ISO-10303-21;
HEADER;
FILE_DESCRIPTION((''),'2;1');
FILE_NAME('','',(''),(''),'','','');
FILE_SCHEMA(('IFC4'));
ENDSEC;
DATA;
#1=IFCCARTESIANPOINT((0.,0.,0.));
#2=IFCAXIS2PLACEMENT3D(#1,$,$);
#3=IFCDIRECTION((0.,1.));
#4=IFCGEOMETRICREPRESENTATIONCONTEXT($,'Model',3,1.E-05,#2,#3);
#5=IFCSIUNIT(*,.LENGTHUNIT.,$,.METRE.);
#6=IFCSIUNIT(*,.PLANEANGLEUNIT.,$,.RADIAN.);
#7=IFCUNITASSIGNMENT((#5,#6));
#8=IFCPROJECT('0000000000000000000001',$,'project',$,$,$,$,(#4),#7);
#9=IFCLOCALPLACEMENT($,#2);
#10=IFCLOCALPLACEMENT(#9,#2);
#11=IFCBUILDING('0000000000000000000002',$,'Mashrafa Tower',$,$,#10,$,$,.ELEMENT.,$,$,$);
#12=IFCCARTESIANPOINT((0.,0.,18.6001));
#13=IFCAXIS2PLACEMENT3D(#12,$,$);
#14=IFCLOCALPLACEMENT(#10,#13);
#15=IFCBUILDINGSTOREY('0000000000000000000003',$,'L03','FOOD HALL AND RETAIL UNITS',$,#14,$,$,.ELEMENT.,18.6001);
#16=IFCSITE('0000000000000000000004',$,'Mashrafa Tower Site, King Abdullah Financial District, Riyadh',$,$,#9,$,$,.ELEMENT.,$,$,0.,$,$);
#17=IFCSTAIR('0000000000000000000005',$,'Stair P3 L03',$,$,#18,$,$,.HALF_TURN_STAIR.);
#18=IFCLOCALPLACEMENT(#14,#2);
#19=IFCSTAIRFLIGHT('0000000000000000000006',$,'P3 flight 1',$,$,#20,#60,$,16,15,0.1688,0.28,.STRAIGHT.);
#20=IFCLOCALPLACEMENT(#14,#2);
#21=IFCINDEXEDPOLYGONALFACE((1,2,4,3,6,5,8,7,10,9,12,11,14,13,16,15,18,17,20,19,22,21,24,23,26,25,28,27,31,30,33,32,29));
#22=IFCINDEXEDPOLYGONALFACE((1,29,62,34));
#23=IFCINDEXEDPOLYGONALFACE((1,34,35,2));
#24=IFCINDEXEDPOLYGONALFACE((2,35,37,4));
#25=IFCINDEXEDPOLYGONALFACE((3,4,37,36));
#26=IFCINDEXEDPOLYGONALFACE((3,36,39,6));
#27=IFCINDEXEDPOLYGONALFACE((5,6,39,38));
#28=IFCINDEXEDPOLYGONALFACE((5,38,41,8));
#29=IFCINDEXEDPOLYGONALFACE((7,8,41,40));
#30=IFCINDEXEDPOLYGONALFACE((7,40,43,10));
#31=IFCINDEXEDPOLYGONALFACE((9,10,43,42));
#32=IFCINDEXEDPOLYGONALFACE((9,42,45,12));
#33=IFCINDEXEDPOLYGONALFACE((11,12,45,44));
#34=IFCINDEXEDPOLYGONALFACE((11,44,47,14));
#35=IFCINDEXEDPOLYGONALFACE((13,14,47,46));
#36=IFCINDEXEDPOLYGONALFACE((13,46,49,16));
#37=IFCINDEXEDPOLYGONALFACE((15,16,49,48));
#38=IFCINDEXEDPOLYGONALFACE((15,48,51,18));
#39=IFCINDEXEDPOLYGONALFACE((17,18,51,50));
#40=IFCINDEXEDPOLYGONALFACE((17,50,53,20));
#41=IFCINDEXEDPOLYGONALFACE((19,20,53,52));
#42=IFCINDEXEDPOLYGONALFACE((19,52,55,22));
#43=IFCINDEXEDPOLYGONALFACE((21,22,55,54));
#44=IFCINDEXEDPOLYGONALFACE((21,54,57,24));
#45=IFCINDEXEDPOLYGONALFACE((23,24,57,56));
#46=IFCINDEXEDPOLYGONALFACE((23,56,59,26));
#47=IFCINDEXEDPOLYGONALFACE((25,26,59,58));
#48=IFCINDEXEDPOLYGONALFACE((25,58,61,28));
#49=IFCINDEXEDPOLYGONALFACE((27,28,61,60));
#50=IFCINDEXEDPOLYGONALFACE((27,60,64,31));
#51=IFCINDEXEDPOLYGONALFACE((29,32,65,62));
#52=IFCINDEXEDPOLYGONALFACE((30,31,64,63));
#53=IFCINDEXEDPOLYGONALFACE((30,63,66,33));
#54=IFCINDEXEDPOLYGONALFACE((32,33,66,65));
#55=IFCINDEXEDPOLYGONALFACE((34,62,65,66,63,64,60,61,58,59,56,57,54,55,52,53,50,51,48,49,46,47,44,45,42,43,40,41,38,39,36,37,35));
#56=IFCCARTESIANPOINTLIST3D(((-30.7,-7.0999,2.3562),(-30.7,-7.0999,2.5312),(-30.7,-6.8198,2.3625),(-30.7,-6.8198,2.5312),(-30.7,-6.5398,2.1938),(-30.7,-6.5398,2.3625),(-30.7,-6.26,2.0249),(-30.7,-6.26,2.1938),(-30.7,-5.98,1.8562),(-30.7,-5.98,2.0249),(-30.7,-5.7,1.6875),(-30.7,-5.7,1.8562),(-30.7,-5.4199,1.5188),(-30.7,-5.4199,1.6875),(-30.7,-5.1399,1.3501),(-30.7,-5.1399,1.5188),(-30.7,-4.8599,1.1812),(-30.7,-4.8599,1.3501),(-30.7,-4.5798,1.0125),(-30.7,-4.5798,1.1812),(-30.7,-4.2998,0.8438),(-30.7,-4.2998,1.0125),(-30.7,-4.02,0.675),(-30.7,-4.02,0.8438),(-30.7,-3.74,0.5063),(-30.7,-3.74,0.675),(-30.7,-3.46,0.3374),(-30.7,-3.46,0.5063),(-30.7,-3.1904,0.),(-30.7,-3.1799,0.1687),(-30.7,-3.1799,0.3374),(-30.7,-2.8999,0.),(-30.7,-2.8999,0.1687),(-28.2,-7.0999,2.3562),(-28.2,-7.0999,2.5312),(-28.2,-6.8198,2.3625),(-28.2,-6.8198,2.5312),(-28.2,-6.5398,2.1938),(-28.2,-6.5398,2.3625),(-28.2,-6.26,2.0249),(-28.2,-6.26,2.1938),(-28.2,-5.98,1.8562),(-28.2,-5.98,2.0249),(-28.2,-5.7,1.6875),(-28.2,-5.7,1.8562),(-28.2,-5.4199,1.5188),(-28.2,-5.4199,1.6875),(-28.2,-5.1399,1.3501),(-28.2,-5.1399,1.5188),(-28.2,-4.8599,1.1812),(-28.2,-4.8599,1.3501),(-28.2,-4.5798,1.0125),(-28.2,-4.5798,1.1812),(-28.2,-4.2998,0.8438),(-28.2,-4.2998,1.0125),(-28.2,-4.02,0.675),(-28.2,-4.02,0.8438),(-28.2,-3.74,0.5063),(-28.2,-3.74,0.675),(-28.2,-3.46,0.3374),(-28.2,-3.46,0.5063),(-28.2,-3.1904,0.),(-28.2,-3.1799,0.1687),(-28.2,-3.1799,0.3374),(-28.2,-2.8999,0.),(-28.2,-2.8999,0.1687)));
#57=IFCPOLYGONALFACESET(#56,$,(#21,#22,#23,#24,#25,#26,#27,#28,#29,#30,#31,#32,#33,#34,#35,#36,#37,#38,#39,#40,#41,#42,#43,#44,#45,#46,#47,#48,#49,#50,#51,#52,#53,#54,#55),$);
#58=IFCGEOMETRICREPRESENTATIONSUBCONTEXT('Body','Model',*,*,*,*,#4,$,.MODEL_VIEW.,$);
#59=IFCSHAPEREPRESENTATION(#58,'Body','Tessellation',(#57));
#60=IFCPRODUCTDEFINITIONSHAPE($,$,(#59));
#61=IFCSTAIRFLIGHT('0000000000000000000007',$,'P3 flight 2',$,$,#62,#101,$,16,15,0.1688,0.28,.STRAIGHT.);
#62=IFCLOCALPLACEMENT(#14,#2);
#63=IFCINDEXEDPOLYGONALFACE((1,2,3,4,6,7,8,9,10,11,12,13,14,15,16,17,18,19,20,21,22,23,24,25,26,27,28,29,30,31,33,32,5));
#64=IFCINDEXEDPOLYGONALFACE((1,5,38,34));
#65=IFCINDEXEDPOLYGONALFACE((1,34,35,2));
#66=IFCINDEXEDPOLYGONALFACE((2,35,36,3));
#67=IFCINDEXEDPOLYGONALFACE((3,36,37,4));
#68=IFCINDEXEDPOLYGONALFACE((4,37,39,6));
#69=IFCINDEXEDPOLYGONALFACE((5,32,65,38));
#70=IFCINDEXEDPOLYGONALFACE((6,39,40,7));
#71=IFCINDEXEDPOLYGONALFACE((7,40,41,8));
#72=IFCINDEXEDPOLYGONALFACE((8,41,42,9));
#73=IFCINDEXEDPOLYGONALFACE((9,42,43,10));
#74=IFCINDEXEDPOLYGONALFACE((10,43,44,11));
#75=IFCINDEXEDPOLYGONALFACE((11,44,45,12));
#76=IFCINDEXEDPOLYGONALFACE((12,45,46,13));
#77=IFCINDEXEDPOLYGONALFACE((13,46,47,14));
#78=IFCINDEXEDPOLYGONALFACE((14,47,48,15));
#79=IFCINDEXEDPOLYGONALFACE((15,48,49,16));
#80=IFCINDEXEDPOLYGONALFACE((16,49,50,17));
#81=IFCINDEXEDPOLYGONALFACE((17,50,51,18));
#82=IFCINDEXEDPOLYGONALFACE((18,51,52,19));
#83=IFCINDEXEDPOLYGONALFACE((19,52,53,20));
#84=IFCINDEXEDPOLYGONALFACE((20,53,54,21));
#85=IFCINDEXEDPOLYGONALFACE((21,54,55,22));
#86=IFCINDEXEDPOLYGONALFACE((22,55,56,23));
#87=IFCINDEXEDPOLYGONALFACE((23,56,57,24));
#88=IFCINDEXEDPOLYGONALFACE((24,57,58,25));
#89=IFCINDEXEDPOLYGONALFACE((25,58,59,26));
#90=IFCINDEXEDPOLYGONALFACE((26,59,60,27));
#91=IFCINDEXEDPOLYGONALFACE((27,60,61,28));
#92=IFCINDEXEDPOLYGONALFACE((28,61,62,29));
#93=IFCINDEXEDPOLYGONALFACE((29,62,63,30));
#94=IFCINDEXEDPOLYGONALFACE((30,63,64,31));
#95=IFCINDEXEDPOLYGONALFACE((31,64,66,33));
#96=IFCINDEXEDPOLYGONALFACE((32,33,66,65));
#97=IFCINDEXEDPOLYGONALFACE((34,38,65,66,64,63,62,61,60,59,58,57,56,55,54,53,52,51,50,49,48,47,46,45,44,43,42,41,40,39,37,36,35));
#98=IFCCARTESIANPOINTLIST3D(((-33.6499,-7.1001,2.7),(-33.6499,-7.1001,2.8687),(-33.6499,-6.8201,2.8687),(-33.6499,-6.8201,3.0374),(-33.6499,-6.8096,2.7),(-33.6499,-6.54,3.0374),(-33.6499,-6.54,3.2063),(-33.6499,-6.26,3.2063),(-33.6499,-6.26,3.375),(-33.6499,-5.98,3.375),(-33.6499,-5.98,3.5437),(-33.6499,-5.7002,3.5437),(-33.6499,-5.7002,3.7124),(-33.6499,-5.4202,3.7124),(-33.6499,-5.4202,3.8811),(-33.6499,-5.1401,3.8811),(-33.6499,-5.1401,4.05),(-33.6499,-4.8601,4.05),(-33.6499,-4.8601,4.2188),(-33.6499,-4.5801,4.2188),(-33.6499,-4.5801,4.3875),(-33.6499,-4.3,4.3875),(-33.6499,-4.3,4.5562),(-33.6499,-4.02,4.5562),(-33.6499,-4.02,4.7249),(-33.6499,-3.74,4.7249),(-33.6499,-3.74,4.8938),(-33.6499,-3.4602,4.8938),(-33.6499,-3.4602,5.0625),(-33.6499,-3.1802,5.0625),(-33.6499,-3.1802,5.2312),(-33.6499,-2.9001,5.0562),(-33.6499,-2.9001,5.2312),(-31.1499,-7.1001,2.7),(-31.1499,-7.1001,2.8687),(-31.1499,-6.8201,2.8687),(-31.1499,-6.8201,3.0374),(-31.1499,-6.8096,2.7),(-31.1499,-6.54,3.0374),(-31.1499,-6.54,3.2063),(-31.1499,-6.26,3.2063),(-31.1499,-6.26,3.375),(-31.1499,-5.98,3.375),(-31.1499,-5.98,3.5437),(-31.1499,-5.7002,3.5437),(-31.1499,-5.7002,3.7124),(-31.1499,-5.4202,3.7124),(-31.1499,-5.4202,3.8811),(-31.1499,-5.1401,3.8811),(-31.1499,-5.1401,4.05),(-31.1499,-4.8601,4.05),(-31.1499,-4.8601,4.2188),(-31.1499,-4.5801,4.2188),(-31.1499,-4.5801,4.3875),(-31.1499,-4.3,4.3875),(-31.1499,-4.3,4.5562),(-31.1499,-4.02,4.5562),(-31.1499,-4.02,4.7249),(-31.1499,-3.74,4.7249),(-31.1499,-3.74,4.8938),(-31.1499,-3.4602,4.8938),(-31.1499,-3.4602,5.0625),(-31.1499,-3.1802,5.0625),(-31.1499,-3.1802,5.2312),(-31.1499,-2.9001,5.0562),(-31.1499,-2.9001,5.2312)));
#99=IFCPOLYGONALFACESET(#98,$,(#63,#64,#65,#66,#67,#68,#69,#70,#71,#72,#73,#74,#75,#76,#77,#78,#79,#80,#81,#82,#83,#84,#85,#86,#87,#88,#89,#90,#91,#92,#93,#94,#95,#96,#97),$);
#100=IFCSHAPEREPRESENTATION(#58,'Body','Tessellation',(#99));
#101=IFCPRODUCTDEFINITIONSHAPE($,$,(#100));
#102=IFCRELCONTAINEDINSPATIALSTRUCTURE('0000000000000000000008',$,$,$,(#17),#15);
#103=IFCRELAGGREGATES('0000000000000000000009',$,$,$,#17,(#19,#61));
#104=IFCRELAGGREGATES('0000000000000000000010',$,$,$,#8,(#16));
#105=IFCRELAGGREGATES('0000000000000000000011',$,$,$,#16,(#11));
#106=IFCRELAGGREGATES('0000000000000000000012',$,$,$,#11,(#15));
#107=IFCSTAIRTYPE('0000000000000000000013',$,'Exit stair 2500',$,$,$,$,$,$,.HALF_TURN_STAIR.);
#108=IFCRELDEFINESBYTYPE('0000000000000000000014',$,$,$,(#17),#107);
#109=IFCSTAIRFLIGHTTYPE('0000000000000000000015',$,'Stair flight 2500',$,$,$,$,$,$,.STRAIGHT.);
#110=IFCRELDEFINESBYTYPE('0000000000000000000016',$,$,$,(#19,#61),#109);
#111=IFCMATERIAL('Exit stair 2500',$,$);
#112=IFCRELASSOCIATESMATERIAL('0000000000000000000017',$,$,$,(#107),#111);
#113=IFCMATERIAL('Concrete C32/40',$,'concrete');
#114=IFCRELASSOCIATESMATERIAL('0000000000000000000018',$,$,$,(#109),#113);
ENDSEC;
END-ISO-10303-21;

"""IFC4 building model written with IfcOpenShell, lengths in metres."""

from ifc_helpers import new_model, si_unit, direction, frame, origin, place, context, subcontext, project, spatial, polyline, outline, extrude, material, type_object, element, aggregate, save


model = new_model("IFC4")

# Units and contexts
model_context = context("Model", 3, precision=1e-05, world=origin(), true_north=direction((0.0, 1.0)))
body_context = subcontext(model_context, "Body", "Model", "MODEL_VIEW")
ifc_project = project(units=[si_unit("LENGTHUNIT", "METRE"), si_unit("PLANEANGLEUNIT", "RADIAN")], contexts=[model_context])

# Site, building, storey
site_placement = place(None, origin())
site = spatial("IfcSite", under=ifc_project, at=site_placement, Name="Mashrafa Tower Site, King Abdullah Financial District, Riyadh", CompositionType="ELEMENT", RefElevation=0.0)
building_placement = place(site_placement, origin())
building = spatial("IfcBuilding", under=site, at=building_placement, Name="Mashrafa Tower", CompositionType="ELEMENT")
storey_placement = place(building_placement, frame((0.0, 0.0, 18.6001)))
storey = spatial("IfcBuildingStorey", under=building, at=storey_placement, Name="L03", Description="FOOD HALL AND RETAIL UNITS", CompositionType="ELEMENT", Elevation=18.6001)

# Stair, stair flights
ifc_material_1 = material(Name="Exit stair 2500")
stair_type = type_object("IfcStairType", Name="Exit stair 2500", PredefinedType="HALF_TURN_STAIR", material=ifc_material_1)
stair_placement = place(storey_placement, origin())
stair = element("IfcStair", 1, at=stair_placement, inside=storey, type_object=stair_type, Name="Stair P3 L03", PredefinedType="HALF_TURN_STAIR")
ifc_material_2 = material(Name="Concrete C32/40", Category="concrete")
stair_flight_type = type_object("IfcStairFlightType", Name="Stair flight 2500", PredefinedType="STRAIGHT", material=ifc_material_2)
stair_flight_1_placement = place(storey_placement, frame((-29.45, -2.8999, 0.0), z_axis=(0.0, 0.0, 1.0), x_axis=(0.0, -1.0, 0.0)))
stair_flight_1 = element("IfcStairFlight", 2, at=stair_flight_1_placement, type_object=stair_flight_type, Name="P3 flight 1", NumberOfRisers=16, NumberOfTreads=15, PredefinedType="STRAIGHT", RiserHeight=0.1688, TreadLength=0.28, context=body_context, shape_type="SweptSolid", body=[
    extrude(outline(polyline([(0.0, 0.0), (0.0, 0.1687), (0.28, 0.1687), (0.28, 0.3374), (0.5601, 0.3374), (0.5601, 0.5063), (0.8401, 0.5063), (0.8401, 0.675), (1.1201, 0.675), (1.1201, 0.8438), (1.3999, 0.8438), (1.3999, 1.0125), (1.6799, 1.0125), (1.6799, 1.1812), (1.96, 1.1812), (1.96, 1.3501), (2.24, 1.3501), (2.24, 1.5188), (2.52, 1.5188), (2.52, 1.6875), (2.8, 1.6875), (2.8, 1.8562), (3.0801, 1.8562), (3.0801, 2.0249), (3.3601, 2.0249), (3.3601, 2.1938), (3.6399, 2.1938), (3.6399, 2.3625), (3.9199, 2.3625), (3.9199, 2.5312), (4.2, 2.5312), (4.2, 2.7), (4.2, 2.3562), (0.2905, 0.0), (0.0, 0.0)])), frame((0.0, 1.25, 0.0), z_axis=(0.0, -1.0, 0.0), x_axis=(1.0, 0.0, 0.0)), (0.0, 0.0, 1.0), 2.5),
])
stair_flight_2_placement = place(storey_placement, frame((-32.3999, -7.1001, 2.7), z_axis=(0.0, 0.0, 1.0), x_axis=(0.0, 1.0, 0.0)))
stair_flight_2 = element("IfcStairFlight", 3, at=stair_flight_2_placement, type_object=stair_flight_type, Name="P3 flight 2", NumberOfRisers=16, NumberOfTreads=15, PredefinedType="STRAIGHT", RiserHeight=0.1688, TreadLength=0.28, context=body_context, shape_type="SweptSolid", body=[
    extrude(outline(polyline([(0.0, 0.0), (0.0, 0.1687), (0.28, 0.1687), (0.28, 0.3374), (0.5601, 0.3374), (0.5601, 0.5063), (0.8401, 0.5063), (0.8401, 0.675), (1.1201, 0.675), (1.1201, 0.8438), (1.3999, 0.8438), (1.3999, 1.0125), (1.6799, 1.0125), (1.6799, 1.1812), (1.96, 1.1812), (1.96, 1.3501), (2.24, 1.3501), (2.24, 1.5188), (2.52, 1.5188), (2.52, 1.6875), (2.8, 1.6875), (2.8, 1.8562), (3.0801, 1.8562), (3.0801, 2.0249), (3.3601, 2.0249), (3.3601, 2.1938), (3.6399, 2.1938), (3.6399, 2.3625), (3.9199, 2.3625), (3.9199, 2.5312), (4.2, 2.5312), (4.2, 2.7), (4.2, 2.3562), (0.2905, 0.0), (0.0, 0.0)])), frame((0.0, 1.25, 0.0), z_axis=(0.0, -1.0, 0.0), x_axis=(1.0, 0.0, 0.0)), (0.0, 0.0, 1.0), 2.5),
])
aggregate(stair, [stair_flight_1, stair_flight_2])

save(model, "model.ifc")
